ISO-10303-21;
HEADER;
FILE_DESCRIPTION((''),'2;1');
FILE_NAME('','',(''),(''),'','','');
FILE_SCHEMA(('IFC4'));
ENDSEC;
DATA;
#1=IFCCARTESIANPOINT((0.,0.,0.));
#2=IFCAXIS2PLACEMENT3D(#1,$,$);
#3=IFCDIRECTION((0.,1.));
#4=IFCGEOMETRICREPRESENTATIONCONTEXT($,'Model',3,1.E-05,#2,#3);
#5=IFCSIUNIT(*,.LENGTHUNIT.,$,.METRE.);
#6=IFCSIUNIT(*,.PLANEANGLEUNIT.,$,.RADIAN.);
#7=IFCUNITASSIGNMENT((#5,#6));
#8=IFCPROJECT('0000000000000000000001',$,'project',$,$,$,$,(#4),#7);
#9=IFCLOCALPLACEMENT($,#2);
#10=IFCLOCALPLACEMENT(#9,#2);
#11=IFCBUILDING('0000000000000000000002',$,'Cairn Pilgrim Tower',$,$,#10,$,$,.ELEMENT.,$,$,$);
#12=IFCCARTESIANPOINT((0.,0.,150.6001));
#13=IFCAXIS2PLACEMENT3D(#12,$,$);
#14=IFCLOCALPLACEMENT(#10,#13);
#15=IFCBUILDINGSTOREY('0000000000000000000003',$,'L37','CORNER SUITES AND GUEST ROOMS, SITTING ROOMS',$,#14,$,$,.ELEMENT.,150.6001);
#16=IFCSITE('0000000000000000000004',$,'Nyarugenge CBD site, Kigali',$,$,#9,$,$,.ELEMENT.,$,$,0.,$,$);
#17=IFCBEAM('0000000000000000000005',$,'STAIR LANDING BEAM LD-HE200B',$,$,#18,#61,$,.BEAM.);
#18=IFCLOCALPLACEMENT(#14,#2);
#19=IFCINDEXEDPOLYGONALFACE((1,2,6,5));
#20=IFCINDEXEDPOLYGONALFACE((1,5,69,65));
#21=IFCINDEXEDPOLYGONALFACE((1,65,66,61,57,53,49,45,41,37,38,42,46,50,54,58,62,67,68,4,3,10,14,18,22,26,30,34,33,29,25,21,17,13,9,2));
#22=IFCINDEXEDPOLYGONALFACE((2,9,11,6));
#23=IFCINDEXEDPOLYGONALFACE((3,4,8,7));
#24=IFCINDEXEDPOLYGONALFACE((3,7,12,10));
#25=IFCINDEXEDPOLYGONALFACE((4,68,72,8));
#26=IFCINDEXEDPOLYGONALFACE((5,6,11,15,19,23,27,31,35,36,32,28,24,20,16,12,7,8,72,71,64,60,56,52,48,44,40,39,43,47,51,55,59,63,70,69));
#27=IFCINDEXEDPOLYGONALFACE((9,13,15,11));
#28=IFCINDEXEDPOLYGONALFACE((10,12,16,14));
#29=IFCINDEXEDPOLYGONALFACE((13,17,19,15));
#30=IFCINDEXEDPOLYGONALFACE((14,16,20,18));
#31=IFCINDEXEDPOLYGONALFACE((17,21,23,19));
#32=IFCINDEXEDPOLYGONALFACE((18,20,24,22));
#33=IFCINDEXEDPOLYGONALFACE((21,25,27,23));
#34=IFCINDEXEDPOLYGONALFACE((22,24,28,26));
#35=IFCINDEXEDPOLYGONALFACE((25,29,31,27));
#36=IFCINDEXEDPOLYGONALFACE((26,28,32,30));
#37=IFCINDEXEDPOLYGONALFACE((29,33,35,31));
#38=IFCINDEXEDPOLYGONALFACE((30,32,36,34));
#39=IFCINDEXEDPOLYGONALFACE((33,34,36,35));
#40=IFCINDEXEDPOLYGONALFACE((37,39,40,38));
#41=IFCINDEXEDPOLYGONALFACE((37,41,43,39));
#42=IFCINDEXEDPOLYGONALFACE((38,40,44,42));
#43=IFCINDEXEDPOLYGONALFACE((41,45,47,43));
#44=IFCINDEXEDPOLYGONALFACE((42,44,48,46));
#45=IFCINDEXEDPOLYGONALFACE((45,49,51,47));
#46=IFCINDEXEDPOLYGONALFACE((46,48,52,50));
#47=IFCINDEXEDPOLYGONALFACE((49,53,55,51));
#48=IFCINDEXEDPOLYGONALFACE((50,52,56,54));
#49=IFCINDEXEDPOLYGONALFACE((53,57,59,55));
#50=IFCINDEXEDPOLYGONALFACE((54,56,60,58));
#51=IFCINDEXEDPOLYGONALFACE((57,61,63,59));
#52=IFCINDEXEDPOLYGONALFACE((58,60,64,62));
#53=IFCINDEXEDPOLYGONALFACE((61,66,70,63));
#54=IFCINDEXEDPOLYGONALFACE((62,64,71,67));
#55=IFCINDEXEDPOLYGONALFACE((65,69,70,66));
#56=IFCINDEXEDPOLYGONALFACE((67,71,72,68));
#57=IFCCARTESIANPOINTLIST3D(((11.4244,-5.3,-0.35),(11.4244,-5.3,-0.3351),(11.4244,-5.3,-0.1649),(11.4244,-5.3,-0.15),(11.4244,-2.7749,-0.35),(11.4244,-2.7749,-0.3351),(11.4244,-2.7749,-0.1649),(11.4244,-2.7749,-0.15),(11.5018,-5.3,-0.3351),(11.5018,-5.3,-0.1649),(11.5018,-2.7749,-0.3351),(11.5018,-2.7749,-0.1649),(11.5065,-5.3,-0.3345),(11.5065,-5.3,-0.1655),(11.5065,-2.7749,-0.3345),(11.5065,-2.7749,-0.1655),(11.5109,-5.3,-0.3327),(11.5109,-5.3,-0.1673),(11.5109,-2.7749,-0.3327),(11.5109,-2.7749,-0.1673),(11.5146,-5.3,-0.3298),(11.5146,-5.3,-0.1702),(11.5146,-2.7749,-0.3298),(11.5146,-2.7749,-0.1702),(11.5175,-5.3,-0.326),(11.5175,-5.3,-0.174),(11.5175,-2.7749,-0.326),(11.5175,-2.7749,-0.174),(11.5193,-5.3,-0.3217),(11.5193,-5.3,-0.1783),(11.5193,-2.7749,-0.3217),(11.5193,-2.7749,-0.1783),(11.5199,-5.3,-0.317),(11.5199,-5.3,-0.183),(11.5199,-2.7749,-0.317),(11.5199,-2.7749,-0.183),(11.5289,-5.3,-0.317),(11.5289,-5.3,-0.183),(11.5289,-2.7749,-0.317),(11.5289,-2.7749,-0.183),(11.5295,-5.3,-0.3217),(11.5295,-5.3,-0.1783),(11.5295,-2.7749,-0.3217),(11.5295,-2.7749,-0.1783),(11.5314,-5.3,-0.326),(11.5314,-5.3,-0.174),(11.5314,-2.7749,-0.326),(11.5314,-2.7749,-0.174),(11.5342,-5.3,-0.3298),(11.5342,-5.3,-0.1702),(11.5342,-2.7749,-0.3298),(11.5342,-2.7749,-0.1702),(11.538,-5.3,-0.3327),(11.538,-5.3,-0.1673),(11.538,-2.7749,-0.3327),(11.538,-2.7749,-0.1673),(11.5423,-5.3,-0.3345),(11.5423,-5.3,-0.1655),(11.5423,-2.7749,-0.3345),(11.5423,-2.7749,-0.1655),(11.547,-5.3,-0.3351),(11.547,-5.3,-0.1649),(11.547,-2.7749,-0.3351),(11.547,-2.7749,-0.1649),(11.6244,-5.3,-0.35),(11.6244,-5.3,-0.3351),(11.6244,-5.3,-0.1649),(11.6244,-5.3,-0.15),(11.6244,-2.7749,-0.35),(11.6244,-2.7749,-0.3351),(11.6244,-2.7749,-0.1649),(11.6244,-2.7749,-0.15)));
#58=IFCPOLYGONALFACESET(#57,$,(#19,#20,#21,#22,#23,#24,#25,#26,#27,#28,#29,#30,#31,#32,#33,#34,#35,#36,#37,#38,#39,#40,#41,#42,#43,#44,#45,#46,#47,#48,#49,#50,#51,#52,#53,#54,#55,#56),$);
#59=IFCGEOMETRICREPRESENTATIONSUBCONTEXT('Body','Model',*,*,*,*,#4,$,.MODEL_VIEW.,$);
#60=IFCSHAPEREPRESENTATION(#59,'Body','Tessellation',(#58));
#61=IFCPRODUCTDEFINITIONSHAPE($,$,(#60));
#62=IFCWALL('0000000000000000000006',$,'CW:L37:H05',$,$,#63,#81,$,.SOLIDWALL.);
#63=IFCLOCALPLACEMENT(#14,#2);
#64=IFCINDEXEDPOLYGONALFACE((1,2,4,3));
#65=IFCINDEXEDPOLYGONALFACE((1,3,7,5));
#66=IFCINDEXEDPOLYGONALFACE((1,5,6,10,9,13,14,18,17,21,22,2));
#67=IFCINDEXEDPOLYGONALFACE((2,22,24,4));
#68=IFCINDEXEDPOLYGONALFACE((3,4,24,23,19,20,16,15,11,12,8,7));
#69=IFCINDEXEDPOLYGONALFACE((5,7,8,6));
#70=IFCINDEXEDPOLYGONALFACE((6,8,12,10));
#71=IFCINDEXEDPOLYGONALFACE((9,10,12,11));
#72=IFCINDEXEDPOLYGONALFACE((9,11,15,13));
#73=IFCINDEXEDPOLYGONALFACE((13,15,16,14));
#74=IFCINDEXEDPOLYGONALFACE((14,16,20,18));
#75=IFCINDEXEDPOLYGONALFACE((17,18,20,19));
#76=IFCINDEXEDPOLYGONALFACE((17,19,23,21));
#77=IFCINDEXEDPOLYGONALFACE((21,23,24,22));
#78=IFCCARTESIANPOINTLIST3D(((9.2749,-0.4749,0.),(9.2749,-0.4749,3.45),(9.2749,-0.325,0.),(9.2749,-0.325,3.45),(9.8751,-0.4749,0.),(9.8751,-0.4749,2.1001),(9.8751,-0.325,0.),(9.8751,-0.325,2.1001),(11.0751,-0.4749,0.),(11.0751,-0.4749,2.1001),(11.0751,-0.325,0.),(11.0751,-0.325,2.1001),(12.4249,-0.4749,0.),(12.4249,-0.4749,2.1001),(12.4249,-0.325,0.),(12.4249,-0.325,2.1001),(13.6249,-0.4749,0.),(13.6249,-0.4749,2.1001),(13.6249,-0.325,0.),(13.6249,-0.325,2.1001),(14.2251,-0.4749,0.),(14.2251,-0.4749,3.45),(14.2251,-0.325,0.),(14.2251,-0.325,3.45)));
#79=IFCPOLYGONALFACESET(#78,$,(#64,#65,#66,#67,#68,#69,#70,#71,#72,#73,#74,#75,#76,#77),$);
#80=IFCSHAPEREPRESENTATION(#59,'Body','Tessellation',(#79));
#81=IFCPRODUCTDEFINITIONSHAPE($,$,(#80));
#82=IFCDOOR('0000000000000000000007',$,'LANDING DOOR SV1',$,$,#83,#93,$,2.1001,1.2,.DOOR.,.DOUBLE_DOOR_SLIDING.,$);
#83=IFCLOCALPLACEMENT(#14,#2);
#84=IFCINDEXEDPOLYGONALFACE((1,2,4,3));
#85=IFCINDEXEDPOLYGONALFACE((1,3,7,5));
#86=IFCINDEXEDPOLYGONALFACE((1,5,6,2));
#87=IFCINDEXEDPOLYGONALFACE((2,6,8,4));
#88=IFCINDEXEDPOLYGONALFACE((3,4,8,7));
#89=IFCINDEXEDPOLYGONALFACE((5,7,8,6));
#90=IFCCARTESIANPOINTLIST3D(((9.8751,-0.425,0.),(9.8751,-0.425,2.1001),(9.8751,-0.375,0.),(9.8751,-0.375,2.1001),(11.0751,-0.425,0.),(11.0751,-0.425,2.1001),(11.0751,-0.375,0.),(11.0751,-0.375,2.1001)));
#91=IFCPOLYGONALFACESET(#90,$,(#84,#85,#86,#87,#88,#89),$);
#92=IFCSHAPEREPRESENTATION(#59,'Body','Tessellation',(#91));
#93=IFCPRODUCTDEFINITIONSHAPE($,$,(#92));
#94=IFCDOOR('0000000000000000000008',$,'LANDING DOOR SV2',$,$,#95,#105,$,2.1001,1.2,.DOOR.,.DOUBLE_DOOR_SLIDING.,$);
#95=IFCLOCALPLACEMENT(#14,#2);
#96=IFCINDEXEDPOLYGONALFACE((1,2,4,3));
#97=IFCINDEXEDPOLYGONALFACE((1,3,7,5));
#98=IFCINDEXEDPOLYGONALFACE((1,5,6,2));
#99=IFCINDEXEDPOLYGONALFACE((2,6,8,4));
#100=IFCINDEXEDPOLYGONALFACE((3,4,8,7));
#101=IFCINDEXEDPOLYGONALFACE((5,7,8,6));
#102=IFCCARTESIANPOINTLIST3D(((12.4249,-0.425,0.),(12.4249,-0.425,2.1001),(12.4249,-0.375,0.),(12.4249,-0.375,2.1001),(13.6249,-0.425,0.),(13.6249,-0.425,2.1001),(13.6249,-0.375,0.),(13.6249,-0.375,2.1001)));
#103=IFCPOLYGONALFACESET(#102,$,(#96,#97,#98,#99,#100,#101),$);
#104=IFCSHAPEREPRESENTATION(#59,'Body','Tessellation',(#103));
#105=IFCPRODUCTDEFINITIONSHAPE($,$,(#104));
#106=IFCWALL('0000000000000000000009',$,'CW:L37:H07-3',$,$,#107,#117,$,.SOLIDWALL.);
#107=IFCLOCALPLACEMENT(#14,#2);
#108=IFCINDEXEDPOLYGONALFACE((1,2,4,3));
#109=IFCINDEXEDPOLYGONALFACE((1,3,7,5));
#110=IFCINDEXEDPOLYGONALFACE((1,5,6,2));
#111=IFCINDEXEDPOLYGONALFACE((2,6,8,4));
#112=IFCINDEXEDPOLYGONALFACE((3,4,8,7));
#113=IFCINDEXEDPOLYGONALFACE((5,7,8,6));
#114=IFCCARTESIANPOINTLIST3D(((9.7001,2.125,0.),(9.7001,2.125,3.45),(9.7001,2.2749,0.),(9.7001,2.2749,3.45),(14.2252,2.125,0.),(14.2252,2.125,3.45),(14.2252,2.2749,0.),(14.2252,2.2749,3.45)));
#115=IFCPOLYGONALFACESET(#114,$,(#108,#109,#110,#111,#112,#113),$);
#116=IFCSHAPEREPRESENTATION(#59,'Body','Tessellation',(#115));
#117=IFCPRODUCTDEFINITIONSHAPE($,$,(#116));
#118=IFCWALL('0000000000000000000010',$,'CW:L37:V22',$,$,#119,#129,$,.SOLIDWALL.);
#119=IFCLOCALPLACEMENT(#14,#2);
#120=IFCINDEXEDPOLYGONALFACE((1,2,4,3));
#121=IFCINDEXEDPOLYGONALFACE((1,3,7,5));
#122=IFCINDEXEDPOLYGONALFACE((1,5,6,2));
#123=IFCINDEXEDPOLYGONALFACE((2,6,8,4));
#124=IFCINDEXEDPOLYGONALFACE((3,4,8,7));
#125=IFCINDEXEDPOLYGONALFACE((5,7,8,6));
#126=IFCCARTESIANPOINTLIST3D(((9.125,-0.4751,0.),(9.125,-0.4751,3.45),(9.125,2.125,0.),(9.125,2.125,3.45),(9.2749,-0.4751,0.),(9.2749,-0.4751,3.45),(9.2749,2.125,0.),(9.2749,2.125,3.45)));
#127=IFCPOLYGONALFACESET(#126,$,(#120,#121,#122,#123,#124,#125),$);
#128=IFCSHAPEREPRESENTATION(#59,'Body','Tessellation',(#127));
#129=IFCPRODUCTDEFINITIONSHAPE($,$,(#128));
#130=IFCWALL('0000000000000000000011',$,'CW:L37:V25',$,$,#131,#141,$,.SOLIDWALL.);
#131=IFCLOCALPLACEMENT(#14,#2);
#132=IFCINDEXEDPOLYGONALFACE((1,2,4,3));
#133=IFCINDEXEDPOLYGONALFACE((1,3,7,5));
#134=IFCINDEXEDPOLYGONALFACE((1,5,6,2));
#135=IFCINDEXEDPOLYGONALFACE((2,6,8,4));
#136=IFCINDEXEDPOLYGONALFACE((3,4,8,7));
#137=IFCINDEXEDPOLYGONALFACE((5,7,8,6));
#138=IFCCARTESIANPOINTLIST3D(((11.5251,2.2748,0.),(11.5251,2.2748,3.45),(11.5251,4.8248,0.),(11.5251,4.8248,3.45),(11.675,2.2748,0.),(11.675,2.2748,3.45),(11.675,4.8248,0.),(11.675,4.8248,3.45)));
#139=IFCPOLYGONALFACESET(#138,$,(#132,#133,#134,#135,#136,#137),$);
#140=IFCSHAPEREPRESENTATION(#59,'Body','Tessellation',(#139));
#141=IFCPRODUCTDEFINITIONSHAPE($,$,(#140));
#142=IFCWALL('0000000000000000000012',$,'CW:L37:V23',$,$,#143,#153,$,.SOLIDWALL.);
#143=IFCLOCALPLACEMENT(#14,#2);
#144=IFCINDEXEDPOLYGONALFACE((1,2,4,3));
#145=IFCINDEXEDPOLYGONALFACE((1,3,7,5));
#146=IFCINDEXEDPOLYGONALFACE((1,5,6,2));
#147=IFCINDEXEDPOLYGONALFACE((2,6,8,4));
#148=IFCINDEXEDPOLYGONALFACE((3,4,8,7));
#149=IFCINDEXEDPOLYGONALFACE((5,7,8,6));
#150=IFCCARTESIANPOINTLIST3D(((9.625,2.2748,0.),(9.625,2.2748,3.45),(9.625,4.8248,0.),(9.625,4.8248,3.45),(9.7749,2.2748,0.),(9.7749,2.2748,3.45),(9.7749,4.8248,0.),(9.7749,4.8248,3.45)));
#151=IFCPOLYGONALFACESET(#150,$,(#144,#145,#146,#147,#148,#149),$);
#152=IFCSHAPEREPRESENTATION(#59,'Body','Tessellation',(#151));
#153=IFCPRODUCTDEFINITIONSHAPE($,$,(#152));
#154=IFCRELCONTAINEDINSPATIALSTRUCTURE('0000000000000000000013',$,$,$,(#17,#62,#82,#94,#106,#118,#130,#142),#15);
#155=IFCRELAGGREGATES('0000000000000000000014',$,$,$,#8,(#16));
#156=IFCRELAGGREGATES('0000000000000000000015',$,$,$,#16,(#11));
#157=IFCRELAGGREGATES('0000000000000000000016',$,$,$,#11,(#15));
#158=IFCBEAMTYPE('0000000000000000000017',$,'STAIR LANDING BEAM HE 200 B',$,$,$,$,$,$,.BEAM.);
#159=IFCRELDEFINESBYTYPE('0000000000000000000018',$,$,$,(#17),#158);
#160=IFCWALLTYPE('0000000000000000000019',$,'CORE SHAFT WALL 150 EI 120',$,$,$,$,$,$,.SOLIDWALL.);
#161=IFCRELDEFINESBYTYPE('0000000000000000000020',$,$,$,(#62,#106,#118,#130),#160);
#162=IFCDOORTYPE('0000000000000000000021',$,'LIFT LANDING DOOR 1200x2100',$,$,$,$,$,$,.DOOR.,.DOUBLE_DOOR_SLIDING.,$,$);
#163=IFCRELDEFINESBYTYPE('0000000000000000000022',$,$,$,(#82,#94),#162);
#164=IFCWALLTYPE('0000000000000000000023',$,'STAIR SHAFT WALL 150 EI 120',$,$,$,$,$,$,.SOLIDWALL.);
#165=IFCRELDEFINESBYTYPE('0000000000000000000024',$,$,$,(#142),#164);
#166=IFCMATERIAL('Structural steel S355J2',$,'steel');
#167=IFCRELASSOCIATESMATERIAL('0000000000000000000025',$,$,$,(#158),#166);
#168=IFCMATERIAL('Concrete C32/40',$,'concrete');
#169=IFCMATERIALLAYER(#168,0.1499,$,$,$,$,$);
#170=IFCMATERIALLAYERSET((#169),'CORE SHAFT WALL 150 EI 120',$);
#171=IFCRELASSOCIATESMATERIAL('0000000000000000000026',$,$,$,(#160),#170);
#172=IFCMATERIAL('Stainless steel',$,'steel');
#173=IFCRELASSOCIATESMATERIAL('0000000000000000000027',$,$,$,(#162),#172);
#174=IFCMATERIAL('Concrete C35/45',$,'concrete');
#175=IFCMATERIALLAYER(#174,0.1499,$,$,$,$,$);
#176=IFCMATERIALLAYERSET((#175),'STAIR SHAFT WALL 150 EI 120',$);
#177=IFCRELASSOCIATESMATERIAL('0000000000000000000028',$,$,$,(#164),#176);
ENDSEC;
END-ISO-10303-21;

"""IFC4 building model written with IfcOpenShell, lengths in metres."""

from ifc_helpers import new_model, si_unit, direction, frame, frame_2d, origin, origin_2d, place, context, subcontext, project, spatial, rectangle, i_section, extrude, material, layer, layer_set, material_profile, profile_set, type_object, element, fill, save


model = new_model("IFC4")

# Units and contexts
model_context = context("Model", 3, precision=1e-05, world=origin(), true_north=direction((0.0, 1.0)))
body_context = subcontext(model_context, "Body", "Model", "MODEL_VIEW")
ifc_project = project(units=[si_unit("LENGTHUNIT", "METRE"), si_unit("PLANEANGLEUNIT", "RADIAN")], contexts=[model_context])

# Site, building, storey
site_placement = place(None, origin())
site = spatial("IfcSite", under=ifc_project, at=site_placement, Name="Nyarugenge CBD site, Kigali", CompositionType="ELEMENT", RefElevation=0.0)
building_placement = place(site_placement, origin())
building = spatial("IfcBuilding", under=site, at=building_placement, Name="Cairn Pilgrim Tower", CompositionType="ELEMENT")
storey_placement = place(building_placement, frame((0.0, 0.0, 150.6001)))
storey = spatial("IfcBuildingStorey", under=building, at=storey_placement, Name="L37", Description="CORNER SUITES AND GUEST ROOMS, SITTING ROOMS", CompositionType="ELEMENT", Elevation=150.6001)

# Beam
ifc_material_1 = material(Name="Structural steel S355J2", Category="steel")
ifc_material_profile_1 = material_profile(ifc_material_1, i_section(OverallWidth=0.2, OverallDepth=0.2, WebThickness=0.009, FlangeThickness=0.0149, FilletRadius=0.0181, at=origin_2d()), Name="HE 200 B")
ifc_profile_set_1 = profile_set([ifc_material_profile_1], Name="Structural steel S355J2")
beam_type_1 = type_object("IfcBeamType", Name="STAIR LANDING BEAM HE 200 B", PredefinedType="BEAM", material=ifc_profile_set_1)
beam_1_placement = place(storey_placement, frame((11.5244, -2.7749, -0.25), z_axis=(0.0, -1.0, 0.0), x_axis=(1.0, 0.0, 0.0)))
element("IfcBeam", 1, at=beam_1_placement, inside=storey, type_object=beam_type_1, Name="STAIR LANDING BEAM LD-HE200B", PredefinedType="BEAM", context=body_context, shape_type="SweptSolid", body=[
    extrude(i_section(OverallWidth=0.2, OverallDepth=0.2, WebThickness=0.009, FlangeThickness=0.0149, FilletRadius=0.0181, at=origin_2d()), origin(), (0.0, 0.0, 1.0), 2.5251),
])

# Wall, openings, doors
ifc_material_2 = material(Name="Concrete C32/40", Category="concrete")
ifc_layer_1 = layer(ifc_material_2, 0.1499)
ifc_layer_set_1 = layer_set([ifc_layer_1], Name="CORE SHAFT WALL 150 EI 120")
wall_type_1 = type_object("IfcWallType", Name="CORE SHAFT WALL 150 EI 120", PredefinedType="SOLIDWALL", material=ifc_layer_set_1)
wall_1_placement = place(storey_placement, frame((9.2749, -0.3999, 0.0), z_axis=(0.0, 0.0, 1.0), x_axis=(1.0, 0.0, 0.0)))
wall_1 = element("IfcWall", 2, at=wall_1_placement, inside=storey, type_object=wall_type_1, Name="CW:L37:H05", PredefinedType="SOLIDWALL", context=body_context, shape_type="SweptSolid", body=[
    extrude(rectangle(XDim=4.9502, YDim=0.1499, at=frame_2d((2.4751, 0.0))), origin(), (0.0, 0.0, 1.0), 3.45),
])
opening_1_placement = place(wall_1_placement, frame((0.6001, 0.0, 0.0)))
opening_1 = element("IfcOpeningElement", 3, at=opening_1_placement, cuts=wall_1, PredefinedType="OPENING", context=body_context, shape_type="SweptSolid", body=[
    extrude(rectangle(XDim=1.2, YDim=2.1001, at=frame_2d((0.6001, 1.05))), frame((0.0, 0.085, 0.0), z_axis=(0.0, -1.0, 0.0), x_axis=(1.0, 0.0, 0.0)), (0.0, 0.0, 1.0), 0.1699),
])
opening_2_placement = place(wall_1_placement, frame((3.1499, 0.0, 0.0)))
opening_2 = element("IfcOpeningElement", 4, at=opening_2_placement, cuts=wall_1, PredefinedType="OPENING", context=body_context, shape_type="SweptSolid", body=[
    extrude(rectangle(XDim=1.2, YDim=2.1001, at=frame_2d((0.6001, 1.05))), frame((0.0, 0.085, 0.0), z_axis=(0.0, -1.0, 0.0), x_axis=(1.0, 0.0, 0.0)), (0.0, 0.0, 1.0), 0.1699),
])
ifc_material_3 = material(Name="Stainless steel", Category="steel")
door_type = type_object("IfcDoorType", Name="LIFT LANDING DOOR 1200x2100", OperationType="DOUBLE_DOOR_SLIDING", PredefinedType="DOOR", material=ifc_material_3)
door_1_placement = place(opening_1_placement, origin())
door_1 = element("IfcDoor", 5, at=door_1_placement, inside=storey, type_object=door_type, Name="LANDING DOOR SV1", OperationType="DOUBLE_DOOR_SLIDING", OverallHeight=2.1001, OverallWidth=1.2, PredefinedType="DOOR", context=body_context, shape_type="SweptSolid", body=[
    extrude(rectangle(XDim=1.2, YDim=2.1001, at=frame_2d((0.6001, 1.05))), frame((0.0, 0.0249, 0.0), z_axis=(0.0, -1.0, 0.0), x_axis=(1.0, 0.0, 0.0)), (0.0, 0.0, 1.0), 0.05),
])
fill(opening_1, door_1)
door_2_placement = place(opening_2_placement, origin())
door_2 = element("IfcDoor", 6, at=door_2_placement, inside=storey, type_object=door_type, Name="LANDING DOOR SV2", OperationType="DOUBLE_DOOR_SLIDING", OverallHeight=2.1001, OverallWidth=1.2, PredefinedType="DOOR", context=body_context, shape_type="SweptSolid", body=[
    extrude(rectangle(XDim=1.2, YDim=2.1001, at=frame_2d((0.6001, 1.05))), frame((0.0, 0.0249, 0.0), z_axis=(0.0, -1.0, 0.0), x_axis=(1.0, 0.0, 0.0)), (0.0, 0.0, 1.0), 0.05),
])
fill(opening_2, door_2)

# Walls
wall_2_placement = place(storey_placement, frame((9.7, 2.2, 0.0), z_axis=(0.0, 0.0, 1.0), x_axis=(1.0, 0.0, 0.0)))
element("IfcWall", 7, at=wall_2_placement, inside=storey, type_object=wall_type_1, Name="CW:L37:H07-3", PredefinedType="SOLIDWALL", context=body_context, shape_type="SweptSolid", body=[
    extrude(rectangle(XDim=4.5251, YDim=0.1499, at=frame_2d((2.2627, 0.0))), origin(), (0.0, 0.0, 1.0), 3.45),
])
wall_3_placement = place(storey_placement, frame((9.2, -0.4751, 0.0), z_axis=(0.0, 0.0, 1.0), x_axis=(0.0, 1.0, 0.0)))
element("IfcWall", 8, at=wall_3_placement, inside=storey, type_object=wall_type_1, Name="CW:L37:V22", PredefinedType="SOLIDWALL", context=body_context, shape_type="SweptSolid", body=[
    extrude(rectangle(XDim=2.6001, YDim=0.1499, at=frame_2d((1.3, 0.0))), origin(), (0.0, 0.0, 1.0), 3.45),
])
wall_4_placement = place(storey_placement, frame((11.6001, 2.2749, 0.0), z_axis=(0.0, 0.0, 1.0), x_axis=(0.0, 1.0, 0.0)))
element("IfcWall", 9, at=wall_4_placement, inside=storey, type_object=wall_type_1, Name="CW:L37:V25", PredefinedType="SOLIDWALL", context=body_context, shape_type="SweptSolid", body=[
    extrude(rectangle(XDim=2.55, YDim=0.1499, at=frame_2d((1.2749, 0.0))), origin(), (0.0, 0.0, 1.0), 3.45),
])
ifc_material_4 = material(Name="Concrete C35/45", Category="concrete")
ifc_layer_2 = layer(ifc_material_4, 0.1499)
ifc_layer_set_2 = layer_set([ifc_layer_2], Name="STAIR SHAFT WALL 150 EI 120")
wall_type_2 = type_object("IfcWallType", Name="STAIR SHAFT WALL 150 EI 120", PredefinedType="SOLIDWALL", material=ifc_layer_set_2)
wall_5_placement = place(storey_placement, frame((9.7, 2.2749, 0.0), z_axis=(0.0, 0.0, 1.0), x_axis=(0.0, 1.0, 0.0)))
element("IfcWall", 10, at=wall_5_placement, inside=storey, type_object=wall_type_2, Name="CW:L37:V23", PredefinedType="SOLIDWALL", context=body_context, shape_type="SweptSolid", body=[
    extrude(rectangle(XDim=2.55, YDim=0.1499, at=frame_2d((1.2749, 0.0))), origin(), (0.0, 0.0, 1.0), 3.45),
])

save(model, "model.ifc")
